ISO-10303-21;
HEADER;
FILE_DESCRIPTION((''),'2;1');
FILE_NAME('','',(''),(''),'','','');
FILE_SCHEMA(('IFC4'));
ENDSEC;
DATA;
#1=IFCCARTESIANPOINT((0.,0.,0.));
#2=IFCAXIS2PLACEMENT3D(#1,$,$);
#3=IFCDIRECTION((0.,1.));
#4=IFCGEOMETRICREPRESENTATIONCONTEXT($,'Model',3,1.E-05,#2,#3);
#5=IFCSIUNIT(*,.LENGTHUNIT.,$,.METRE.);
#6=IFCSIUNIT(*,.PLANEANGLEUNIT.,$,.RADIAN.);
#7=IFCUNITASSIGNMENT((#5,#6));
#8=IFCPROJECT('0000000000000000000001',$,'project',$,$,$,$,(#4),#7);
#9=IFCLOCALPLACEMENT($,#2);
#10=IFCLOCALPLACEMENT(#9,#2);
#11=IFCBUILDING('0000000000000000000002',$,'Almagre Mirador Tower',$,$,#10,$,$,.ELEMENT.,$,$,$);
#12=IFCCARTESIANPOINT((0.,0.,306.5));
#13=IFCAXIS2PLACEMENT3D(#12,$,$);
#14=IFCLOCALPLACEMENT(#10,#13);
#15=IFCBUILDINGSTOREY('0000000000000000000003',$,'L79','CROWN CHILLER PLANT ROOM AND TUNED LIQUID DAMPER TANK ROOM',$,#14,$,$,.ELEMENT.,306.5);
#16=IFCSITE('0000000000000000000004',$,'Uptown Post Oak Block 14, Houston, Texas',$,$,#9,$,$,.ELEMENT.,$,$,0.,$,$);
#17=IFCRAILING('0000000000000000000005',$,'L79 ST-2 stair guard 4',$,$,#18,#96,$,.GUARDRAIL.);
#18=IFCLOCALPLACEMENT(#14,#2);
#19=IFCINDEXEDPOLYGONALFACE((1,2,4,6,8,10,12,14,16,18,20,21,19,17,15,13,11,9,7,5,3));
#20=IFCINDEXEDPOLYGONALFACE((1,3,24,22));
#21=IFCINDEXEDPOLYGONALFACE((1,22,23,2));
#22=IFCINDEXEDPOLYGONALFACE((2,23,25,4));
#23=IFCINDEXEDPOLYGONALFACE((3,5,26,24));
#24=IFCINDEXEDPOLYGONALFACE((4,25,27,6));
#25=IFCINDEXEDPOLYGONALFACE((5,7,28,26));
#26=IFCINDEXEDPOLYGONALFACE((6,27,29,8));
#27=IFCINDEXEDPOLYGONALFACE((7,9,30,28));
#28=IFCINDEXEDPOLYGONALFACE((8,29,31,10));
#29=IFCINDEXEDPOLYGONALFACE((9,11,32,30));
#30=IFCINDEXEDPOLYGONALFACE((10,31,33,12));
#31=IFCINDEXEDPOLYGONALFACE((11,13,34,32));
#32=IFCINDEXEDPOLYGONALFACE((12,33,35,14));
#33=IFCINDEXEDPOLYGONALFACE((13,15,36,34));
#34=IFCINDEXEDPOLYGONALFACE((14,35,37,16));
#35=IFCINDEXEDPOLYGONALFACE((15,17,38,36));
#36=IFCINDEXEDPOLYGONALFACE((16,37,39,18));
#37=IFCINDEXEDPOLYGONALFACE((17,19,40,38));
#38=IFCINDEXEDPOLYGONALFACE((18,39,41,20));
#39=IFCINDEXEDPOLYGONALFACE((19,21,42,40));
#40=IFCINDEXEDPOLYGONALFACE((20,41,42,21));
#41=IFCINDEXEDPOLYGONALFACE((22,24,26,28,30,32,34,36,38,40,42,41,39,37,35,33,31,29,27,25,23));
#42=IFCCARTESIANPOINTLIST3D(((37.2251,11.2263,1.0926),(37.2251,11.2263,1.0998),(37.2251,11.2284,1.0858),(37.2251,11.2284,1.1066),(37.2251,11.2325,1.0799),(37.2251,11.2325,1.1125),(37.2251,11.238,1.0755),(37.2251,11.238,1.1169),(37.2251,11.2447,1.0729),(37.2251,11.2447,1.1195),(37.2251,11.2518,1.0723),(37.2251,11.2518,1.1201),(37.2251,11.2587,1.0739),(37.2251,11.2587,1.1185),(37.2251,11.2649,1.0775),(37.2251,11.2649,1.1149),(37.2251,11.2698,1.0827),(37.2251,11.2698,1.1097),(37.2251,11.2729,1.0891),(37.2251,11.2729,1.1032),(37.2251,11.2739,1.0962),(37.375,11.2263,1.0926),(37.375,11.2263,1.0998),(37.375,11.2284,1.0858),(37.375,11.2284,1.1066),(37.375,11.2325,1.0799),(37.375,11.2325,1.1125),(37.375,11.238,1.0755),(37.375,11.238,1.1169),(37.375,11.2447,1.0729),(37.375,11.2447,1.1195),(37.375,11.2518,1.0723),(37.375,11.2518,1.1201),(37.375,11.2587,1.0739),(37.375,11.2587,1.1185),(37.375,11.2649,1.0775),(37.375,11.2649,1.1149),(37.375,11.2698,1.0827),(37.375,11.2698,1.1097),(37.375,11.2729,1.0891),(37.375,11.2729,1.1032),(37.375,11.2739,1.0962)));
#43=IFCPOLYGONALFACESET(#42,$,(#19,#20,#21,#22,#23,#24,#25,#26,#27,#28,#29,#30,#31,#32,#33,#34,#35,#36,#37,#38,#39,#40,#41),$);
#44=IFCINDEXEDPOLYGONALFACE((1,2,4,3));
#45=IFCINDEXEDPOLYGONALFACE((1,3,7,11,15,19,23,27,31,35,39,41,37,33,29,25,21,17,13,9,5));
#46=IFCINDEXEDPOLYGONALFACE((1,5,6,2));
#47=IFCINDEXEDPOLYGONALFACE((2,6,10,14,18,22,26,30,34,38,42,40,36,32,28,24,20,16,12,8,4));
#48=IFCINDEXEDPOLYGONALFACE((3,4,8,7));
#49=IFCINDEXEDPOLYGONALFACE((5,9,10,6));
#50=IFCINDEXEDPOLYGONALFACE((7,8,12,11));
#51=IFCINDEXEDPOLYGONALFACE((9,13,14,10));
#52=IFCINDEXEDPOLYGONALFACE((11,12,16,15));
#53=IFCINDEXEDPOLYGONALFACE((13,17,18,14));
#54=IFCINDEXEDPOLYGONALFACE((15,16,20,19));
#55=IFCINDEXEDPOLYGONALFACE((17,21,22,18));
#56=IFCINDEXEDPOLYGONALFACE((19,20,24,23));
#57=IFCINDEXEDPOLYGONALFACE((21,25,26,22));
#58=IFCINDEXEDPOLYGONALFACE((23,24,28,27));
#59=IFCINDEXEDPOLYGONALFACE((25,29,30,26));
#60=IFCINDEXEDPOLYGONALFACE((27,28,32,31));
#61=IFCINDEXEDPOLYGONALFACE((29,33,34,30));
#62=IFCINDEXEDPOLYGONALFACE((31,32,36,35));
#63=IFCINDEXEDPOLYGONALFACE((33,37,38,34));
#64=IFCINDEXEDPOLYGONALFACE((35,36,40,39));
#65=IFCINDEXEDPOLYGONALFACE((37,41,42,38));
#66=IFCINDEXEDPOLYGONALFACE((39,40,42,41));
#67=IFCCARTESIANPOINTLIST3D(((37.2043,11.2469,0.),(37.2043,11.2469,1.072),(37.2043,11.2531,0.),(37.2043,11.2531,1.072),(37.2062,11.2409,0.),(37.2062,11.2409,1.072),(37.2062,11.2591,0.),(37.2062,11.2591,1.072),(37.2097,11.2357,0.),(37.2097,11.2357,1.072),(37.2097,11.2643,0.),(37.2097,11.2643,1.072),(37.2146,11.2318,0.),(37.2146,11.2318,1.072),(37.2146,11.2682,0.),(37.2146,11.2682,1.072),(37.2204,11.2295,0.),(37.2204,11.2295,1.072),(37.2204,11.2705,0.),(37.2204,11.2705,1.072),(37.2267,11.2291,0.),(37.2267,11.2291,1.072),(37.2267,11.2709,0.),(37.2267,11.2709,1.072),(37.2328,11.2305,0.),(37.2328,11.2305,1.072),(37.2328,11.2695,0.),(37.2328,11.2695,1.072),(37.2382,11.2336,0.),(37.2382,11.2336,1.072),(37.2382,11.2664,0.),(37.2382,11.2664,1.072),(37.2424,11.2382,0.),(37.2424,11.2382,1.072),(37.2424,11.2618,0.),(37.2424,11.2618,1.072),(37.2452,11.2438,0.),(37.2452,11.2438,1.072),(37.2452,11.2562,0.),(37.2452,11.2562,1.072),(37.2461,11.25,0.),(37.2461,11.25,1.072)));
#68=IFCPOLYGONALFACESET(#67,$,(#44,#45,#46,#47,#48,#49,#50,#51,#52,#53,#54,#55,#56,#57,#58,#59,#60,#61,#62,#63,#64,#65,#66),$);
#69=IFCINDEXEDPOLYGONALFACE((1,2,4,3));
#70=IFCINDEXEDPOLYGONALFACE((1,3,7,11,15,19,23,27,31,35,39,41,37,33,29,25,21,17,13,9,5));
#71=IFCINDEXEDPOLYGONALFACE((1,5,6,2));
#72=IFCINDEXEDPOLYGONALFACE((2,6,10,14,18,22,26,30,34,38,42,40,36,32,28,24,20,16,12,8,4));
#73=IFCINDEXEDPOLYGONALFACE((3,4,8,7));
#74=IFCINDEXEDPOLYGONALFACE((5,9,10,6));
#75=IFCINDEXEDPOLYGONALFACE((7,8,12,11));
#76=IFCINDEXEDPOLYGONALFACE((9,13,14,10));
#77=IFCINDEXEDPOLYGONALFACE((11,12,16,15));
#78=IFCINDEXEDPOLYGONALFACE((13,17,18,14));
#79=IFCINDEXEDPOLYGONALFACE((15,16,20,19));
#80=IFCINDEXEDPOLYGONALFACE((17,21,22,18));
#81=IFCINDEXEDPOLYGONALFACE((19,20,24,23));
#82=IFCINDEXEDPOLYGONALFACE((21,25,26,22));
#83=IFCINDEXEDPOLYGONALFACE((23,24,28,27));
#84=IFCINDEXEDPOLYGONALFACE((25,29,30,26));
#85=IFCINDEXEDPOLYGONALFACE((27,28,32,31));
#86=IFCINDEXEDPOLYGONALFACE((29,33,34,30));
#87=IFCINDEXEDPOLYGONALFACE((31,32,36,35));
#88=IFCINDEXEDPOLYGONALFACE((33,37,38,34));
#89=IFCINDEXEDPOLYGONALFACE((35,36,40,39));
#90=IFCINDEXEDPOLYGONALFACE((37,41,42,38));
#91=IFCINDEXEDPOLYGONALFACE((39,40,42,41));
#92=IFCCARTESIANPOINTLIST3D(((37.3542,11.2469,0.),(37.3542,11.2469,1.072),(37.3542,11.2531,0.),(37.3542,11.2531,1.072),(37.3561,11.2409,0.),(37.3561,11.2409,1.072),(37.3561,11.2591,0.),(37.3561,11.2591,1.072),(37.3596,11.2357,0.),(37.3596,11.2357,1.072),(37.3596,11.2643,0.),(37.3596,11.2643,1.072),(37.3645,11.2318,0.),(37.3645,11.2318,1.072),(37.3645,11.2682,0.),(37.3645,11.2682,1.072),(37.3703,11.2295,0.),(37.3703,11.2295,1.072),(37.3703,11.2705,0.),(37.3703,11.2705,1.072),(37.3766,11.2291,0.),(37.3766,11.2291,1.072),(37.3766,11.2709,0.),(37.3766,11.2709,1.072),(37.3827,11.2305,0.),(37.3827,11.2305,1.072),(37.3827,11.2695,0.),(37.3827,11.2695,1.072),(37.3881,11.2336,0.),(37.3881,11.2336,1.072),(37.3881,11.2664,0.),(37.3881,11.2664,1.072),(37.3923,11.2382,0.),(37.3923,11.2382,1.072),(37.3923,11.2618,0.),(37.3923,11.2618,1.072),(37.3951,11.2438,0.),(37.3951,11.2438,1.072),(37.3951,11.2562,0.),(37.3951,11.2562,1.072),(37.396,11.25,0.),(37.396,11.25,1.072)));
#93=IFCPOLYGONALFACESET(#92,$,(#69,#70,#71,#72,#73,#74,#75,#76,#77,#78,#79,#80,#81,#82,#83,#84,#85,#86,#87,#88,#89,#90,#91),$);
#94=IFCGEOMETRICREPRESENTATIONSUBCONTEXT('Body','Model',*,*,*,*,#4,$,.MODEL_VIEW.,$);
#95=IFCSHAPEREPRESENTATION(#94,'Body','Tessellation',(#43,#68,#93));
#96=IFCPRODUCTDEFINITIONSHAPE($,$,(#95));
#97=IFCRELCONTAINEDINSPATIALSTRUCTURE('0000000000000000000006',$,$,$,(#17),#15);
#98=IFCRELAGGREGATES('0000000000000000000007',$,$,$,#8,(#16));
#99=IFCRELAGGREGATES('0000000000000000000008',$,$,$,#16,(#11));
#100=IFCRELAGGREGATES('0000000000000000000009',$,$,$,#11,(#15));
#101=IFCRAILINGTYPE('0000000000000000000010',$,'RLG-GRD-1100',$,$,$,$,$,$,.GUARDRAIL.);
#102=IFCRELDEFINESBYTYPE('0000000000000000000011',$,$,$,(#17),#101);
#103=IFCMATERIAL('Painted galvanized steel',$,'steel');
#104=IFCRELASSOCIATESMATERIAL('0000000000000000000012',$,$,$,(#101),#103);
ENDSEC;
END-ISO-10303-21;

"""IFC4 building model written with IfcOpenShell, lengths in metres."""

from ifc_helpers import new_model, si_unit, direction, frame, origin, origin_2d, place, context, subcontext, project, spatial, circle, extrude, material, type_object, element, save


model = new_model("IFC4")

# Units and contexts
model_context = context("Model", 3, precision=1e-05, world=origin(), true_north=direction((0.0, 1.0)))
body_context = subcontext(model_context, "Body", "Model", "MODEL_VIEW")
ifc_project = project(units=[si_unit("LENGTHUNIT", "METRE"), si_unit("PLANEANGLEUNIT", "RADIAN")], contexts=[model_context])

# Site, building, storey
site_placement = place(None, origin())
site = spatial("IfcSite", under=ifc_project, at=site_placement, Name="Uptown Post Oak Block 14, Houston, Texas", CompositionType="ELEMENT", RefElevation=0.0)
building_placement = place(site_placement, origin())
building = spatial("IfcBuilding", under=site, at=building_placement, Name="Almagre Mirador Tower", CompositionType="ELEMENT")
storey_placement = place(building_placement, frame((0.0, 0.0, 306.5)))
storey = spatial("IfcBuildingStorey", under=building, at=storey_placement, Name="L79", Description="CROWN CHILLER PLANT ROOM AND TUNED LIQUID DAMPER TANK ROOM", CompositionType="ELEMENT", Elevation=306.5)

# Railing
ifc_material_1 = material(Name="Painted galvanized steel", Category="steel")
railing_type_1 = type_object("IfcRailingType", Name="RLG-GRD-1100", PredefinedType="GUARDRAIL", material=ifc_material_1)
railing_1_placement = place(storey_placement, frame((37.2251, 11.25, 0.0)))
element("IfcRailing", 1, at=railing_1_placement, inside=storey, type_object=railing_type_1, Name="L79 ST-2 stair guard 4", PredefinedType="GUARDRAIL", context=body_context, shape_type="SweptSolid", body=[
    extrude(circle(Radius=0.0239, at=origin_2d()), frame((0.0, 0.0, 1.0962), z_axis=(1.0, 0.0, 0.0), x_axis=(0.0, 1.0, 0.0)), (0.0, 0.0, 1.0), 0.1499),
    extrude(circle(Radius=0.021, at=origin_2d()), origin(), (0.0, 0.0, 1.0), 1.072),
    extrude(circle(Radius=0.021, at=origin_2d()), frame((0.1499, 0.0, 0.0)), (0.0, 0.0, 1.0), 1.072),
])

save(model, "model.ifc")
